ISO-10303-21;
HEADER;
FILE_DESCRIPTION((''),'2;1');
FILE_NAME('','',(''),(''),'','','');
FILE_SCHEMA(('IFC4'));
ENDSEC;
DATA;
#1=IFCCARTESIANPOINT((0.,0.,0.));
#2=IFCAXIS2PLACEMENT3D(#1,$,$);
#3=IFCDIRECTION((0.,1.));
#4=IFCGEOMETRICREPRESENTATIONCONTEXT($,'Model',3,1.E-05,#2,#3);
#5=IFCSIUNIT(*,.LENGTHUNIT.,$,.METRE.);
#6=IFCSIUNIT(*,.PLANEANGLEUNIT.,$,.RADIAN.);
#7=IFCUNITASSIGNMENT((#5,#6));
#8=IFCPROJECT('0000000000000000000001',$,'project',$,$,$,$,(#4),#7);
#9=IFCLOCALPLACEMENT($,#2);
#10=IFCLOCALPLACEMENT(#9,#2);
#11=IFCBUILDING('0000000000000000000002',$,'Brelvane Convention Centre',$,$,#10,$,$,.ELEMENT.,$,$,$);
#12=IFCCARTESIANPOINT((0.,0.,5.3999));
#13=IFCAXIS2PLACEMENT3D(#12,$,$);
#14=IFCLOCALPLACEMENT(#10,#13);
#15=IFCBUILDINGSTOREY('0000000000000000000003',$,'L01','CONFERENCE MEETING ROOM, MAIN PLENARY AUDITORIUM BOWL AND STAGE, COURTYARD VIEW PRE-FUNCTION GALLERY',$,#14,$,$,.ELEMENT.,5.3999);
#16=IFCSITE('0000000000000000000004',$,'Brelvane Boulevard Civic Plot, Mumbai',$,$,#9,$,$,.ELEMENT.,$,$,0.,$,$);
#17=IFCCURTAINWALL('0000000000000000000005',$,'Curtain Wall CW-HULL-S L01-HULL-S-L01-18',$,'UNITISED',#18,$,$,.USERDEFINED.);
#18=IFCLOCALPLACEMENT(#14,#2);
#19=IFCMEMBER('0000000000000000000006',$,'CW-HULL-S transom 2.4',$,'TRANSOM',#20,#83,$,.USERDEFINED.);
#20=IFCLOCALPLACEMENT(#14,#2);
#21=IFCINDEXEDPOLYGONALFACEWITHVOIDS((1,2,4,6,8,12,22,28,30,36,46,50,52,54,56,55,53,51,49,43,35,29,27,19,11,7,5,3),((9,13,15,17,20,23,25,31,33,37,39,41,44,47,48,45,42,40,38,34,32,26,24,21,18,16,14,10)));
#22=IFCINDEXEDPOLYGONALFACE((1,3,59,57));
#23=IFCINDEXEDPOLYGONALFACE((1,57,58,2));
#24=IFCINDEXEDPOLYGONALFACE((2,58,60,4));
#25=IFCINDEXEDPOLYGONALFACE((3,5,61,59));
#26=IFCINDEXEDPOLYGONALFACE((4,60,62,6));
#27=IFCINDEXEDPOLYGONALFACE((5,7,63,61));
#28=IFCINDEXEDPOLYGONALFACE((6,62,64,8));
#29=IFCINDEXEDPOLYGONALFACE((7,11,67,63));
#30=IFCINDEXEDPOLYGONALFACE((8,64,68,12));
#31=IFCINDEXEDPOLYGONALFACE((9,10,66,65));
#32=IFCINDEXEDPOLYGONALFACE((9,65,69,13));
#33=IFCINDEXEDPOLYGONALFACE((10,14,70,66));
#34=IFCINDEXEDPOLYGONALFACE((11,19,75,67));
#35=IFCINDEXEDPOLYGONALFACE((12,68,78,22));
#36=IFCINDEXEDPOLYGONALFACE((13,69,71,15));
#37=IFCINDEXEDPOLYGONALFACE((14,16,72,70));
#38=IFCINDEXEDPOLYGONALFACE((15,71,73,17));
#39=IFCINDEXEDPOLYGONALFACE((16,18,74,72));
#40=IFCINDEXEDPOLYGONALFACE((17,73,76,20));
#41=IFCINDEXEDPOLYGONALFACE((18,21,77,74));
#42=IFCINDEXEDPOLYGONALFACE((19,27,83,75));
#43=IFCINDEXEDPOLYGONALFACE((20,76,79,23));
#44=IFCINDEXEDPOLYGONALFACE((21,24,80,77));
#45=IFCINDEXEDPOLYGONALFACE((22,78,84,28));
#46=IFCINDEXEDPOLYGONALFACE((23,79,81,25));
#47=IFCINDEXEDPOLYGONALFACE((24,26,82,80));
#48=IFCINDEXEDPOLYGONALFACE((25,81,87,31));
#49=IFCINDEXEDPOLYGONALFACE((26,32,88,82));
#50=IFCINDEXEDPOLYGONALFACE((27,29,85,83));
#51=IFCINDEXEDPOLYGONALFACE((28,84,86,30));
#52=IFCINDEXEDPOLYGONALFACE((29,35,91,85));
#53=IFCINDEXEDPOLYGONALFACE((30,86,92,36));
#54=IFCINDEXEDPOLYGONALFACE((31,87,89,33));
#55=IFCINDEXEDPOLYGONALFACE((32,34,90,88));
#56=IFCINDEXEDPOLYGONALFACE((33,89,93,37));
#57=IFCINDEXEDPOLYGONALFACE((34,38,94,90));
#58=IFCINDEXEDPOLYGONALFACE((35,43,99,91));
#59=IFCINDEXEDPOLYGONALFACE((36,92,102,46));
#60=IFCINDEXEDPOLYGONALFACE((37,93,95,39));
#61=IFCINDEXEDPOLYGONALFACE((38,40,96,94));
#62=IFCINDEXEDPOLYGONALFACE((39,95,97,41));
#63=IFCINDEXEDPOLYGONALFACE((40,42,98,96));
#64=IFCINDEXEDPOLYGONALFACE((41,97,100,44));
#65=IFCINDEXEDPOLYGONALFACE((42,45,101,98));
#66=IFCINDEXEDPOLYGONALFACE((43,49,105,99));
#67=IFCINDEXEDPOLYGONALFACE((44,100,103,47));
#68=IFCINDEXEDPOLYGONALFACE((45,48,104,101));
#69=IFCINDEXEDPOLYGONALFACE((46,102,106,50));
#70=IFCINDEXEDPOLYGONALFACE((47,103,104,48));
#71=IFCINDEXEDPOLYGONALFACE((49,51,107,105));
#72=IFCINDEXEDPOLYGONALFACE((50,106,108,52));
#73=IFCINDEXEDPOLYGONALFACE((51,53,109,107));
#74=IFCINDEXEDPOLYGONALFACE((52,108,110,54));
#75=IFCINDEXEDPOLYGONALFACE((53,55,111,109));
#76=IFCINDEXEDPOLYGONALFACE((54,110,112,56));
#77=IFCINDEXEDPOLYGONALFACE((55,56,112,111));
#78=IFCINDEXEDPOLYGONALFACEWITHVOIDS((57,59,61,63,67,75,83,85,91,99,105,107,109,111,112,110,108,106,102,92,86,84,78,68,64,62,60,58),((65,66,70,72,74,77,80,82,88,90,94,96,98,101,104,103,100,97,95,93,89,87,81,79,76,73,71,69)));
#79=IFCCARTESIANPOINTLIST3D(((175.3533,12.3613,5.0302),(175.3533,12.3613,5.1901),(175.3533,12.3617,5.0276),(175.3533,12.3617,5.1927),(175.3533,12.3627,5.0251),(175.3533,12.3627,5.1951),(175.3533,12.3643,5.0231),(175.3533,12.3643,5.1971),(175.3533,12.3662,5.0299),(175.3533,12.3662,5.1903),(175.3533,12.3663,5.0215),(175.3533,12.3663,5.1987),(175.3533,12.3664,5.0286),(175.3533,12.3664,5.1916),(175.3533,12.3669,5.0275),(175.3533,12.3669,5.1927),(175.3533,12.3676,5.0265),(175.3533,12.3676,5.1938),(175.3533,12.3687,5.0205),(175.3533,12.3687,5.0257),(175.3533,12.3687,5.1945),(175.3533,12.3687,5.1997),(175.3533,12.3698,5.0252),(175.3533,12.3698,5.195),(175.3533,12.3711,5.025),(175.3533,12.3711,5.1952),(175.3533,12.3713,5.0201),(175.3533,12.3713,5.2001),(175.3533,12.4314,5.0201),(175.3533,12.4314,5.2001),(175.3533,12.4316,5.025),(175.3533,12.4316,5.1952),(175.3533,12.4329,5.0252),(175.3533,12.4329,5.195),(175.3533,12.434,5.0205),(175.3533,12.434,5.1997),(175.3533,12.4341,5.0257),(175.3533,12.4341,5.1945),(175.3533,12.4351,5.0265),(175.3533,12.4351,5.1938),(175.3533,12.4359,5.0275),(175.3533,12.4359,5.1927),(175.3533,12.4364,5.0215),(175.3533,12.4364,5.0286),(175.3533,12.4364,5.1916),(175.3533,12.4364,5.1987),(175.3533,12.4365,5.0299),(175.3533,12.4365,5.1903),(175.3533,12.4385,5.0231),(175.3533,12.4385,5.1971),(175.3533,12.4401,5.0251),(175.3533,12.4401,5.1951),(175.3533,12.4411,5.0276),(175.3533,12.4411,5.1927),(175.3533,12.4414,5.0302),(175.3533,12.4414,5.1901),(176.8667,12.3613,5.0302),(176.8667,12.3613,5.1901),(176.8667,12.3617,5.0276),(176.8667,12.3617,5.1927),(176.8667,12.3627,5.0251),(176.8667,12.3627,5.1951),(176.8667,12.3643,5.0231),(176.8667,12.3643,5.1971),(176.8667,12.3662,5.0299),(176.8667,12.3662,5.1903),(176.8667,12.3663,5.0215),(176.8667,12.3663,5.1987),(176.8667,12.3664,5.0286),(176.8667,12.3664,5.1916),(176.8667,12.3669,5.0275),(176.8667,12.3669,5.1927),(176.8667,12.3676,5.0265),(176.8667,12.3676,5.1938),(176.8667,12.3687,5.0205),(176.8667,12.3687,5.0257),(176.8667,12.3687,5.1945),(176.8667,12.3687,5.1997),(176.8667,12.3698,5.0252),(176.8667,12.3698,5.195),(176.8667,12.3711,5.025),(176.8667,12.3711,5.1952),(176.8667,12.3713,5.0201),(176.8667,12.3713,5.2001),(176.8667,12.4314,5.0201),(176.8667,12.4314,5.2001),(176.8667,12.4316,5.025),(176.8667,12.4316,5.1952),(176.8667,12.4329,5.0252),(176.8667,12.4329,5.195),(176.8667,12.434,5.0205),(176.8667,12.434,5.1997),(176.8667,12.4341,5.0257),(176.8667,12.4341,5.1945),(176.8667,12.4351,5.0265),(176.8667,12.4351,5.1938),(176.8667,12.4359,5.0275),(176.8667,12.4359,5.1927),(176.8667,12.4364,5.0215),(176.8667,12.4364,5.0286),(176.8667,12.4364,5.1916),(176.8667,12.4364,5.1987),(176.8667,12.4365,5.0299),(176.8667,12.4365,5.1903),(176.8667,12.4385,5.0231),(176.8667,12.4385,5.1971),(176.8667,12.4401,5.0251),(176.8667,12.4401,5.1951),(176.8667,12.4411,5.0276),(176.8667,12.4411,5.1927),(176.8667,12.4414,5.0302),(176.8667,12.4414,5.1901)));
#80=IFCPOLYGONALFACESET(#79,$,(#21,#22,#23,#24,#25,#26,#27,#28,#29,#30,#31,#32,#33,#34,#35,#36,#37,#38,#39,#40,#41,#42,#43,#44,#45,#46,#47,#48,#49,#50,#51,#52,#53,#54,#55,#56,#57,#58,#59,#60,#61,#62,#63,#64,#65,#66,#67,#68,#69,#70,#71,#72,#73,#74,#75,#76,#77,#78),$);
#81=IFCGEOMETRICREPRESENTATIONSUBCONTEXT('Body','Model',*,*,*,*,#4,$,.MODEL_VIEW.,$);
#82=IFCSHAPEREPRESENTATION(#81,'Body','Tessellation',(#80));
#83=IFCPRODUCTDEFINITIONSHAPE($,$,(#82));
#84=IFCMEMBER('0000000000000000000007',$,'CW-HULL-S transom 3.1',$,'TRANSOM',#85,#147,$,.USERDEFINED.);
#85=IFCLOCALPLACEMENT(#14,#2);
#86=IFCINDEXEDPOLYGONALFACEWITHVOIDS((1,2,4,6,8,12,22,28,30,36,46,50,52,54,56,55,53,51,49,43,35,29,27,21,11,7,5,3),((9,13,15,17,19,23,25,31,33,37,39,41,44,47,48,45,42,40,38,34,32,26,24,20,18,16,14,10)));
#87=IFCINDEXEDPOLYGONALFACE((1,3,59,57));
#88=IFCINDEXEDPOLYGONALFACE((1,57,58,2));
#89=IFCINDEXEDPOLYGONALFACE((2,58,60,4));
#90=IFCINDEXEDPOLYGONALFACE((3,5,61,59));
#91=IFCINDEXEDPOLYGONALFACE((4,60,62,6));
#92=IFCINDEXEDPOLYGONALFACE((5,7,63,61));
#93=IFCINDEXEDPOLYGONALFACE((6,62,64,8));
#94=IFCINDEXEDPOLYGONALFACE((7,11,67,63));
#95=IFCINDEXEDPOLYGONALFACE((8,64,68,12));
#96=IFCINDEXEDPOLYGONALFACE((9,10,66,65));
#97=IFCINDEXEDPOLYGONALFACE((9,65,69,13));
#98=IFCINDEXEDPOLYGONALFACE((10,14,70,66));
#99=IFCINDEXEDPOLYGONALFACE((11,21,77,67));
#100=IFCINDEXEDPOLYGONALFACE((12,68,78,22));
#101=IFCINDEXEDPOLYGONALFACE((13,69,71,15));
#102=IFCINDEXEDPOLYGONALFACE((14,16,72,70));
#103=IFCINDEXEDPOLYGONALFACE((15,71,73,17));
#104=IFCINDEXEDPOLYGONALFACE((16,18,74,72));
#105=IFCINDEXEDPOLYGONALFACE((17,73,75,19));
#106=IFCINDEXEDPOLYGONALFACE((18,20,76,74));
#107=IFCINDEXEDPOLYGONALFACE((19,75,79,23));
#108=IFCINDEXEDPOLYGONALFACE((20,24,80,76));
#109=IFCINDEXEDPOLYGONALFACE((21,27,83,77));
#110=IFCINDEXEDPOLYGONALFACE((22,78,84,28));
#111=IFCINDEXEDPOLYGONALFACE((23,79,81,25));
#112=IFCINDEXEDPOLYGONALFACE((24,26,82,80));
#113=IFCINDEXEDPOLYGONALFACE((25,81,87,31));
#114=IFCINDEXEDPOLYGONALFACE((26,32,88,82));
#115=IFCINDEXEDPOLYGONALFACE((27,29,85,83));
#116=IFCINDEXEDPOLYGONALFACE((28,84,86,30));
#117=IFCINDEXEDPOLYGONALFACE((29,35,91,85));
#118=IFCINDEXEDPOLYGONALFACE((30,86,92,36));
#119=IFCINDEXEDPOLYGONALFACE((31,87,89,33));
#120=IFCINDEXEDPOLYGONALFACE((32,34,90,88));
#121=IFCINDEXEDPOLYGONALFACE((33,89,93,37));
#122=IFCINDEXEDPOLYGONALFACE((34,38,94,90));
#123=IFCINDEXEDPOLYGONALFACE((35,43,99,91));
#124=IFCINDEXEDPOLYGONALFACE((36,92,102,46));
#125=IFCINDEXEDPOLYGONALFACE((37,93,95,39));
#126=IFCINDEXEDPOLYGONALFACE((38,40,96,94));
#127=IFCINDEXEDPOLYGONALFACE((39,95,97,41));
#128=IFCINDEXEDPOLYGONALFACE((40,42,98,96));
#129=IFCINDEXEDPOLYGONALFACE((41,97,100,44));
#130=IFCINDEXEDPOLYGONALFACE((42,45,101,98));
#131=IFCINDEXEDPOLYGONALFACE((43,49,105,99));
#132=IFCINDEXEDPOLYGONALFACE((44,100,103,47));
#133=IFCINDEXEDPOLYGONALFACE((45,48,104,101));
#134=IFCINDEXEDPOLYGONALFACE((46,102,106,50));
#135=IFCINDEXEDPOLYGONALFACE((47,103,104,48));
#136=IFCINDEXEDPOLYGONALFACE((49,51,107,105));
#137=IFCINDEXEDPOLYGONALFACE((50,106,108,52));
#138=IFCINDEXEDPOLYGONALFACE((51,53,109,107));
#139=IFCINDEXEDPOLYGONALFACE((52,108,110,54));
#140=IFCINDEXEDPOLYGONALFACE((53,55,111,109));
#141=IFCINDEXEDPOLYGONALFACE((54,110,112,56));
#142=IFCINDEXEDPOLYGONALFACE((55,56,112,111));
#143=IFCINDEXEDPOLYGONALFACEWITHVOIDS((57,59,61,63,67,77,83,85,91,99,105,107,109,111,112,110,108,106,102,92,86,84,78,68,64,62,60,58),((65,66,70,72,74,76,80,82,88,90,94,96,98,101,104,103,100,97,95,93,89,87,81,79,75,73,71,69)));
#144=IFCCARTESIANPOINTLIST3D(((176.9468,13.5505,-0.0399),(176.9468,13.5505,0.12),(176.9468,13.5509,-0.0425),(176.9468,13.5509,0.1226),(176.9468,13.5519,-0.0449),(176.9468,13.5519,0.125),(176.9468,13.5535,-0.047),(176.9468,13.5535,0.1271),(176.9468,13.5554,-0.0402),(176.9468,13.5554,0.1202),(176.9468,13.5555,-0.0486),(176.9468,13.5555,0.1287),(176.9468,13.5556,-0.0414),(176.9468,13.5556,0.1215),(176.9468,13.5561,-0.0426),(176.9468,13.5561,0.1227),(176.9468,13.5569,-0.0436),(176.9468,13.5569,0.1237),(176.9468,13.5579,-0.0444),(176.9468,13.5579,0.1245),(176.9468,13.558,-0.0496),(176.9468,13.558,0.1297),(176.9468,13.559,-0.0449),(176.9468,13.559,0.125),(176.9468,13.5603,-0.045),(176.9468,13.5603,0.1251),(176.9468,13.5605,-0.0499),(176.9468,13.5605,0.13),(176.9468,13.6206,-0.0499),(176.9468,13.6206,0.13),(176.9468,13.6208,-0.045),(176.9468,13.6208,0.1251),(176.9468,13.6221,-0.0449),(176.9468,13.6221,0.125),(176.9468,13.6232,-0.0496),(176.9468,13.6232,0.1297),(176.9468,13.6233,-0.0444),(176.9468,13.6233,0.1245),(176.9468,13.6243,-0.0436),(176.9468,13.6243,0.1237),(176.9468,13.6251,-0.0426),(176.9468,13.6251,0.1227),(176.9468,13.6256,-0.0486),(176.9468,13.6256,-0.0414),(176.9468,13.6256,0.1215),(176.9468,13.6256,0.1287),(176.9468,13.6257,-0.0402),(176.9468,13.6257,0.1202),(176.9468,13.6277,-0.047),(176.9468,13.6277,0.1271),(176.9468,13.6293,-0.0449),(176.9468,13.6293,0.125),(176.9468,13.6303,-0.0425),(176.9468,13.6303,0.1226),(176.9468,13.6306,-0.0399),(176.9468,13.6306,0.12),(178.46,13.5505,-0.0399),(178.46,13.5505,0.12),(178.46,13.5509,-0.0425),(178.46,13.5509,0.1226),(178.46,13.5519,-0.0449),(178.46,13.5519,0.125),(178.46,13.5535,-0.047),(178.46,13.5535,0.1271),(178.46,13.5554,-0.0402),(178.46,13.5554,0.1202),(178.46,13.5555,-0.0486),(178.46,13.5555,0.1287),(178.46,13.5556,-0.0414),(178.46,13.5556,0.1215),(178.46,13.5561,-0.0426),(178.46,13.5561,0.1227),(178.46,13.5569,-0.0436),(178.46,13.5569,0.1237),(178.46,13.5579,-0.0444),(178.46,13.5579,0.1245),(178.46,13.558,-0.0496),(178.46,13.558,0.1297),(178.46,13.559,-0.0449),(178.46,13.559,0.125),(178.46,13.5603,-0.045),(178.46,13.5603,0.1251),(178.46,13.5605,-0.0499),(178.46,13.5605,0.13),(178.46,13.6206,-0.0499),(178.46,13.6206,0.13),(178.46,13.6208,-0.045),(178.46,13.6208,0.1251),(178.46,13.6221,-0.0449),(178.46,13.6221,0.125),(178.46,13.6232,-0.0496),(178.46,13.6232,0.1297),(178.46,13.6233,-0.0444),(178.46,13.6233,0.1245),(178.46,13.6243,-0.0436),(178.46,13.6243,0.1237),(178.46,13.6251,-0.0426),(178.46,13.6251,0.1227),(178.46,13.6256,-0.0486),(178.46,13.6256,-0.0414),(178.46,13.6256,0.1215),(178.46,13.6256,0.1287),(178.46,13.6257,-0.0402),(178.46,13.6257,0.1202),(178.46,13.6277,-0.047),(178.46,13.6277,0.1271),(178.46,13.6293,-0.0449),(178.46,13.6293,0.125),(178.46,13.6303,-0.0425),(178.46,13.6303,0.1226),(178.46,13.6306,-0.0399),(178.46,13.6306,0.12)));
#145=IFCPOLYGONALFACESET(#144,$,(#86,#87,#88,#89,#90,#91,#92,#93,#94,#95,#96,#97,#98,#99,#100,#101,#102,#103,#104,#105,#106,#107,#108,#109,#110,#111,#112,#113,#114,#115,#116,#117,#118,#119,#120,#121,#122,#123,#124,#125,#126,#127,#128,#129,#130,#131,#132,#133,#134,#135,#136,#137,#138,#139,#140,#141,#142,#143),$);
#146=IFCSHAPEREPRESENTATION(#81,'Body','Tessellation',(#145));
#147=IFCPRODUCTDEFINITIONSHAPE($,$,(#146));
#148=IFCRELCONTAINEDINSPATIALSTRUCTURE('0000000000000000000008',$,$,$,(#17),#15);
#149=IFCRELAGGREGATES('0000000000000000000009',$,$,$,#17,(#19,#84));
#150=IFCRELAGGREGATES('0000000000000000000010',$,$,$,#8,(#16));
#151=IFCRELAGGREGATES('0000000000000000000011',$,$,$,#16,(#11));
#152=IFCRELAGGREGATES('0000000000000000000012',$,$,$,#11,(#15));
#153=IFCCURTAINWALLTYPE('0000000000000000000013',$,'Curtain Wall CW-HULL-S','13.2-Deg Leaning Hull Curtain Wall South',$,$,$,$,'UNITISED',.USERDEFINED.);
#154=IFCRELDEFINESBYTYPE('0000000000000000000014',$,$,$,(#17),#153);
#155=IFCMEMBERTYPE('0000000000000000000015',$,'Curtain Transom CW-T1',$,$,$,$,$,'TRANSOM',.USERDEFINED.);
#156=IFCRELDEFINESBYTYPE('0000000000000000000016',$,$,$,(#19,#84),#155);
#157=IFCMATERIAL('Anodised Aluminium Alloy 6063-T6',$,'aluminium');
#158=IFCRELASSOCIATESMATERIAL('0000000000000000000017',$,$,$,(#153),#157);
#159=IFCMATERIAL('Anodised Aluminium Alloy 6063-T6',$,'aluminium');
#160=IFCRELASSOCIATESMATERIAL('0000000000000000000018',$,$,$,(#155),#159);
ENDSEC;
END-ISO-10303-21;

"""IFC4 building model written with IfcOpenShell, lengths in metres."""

from ifc_helpers import new_model, si_unit, direction, frame, origin, origin_2d, place, context, subcontext, project, spatial, hollow_rectangle, extrude, material, material_profile, profile_set, type_object, element, aggregate, save


model = new_model("IFC4")

# Units and contexts
model_context = context("Model", 3, precision=1e-05, world=origin(), true_north=direction((0.0, 1.0)))
body_context = subcontext(model_context, "Body", "Model", "MODEL_VIEW")
ifc_project = project(units=[si_unit("LENGTHUNIT", "METRE"), si_unit("PLANEANGLEUNIT", "RADIAN")], contexts=[model_context])

# Site, building, storey
site_placement = place(None, origin())
site = spatial("IfcSite", under=ifc_project, at=site_placement, Name="Brelvane Boulevard Civic Plot, Mumbai", CompositionType="ELEMENT", RefElevation=0.0)
building_placement = place(site_placement, origin())
building = spatial("IfcBuilding", under=site, at=building_placement, Name="Brelvane Convention Centre", CompositionType="ELEMENT")
storey_placement = place(building_placement, frame((0.0, 0.0, 5.3999)))
storey = spatial("IfcBuildingStorey", under=building, at=storey_placement, Name="L01", Description="CONFERENCE MEETING ROOM, MAIN PLENARY AUDITORIUM BOWL AND STAGE, COURTYARD VIEW PRE-FUNCTION GALLERY", CompositionType="ELEMENT", Elevation=5.3999)

# Curtain wall, members
ifc_material_1 = material(Name="Anodised Aluminium Alloy 6063-T6", Category="aluminium")
curtain_wall_type = type_object("IfcCurtainWallType", Name="Curtain Wall CW-HULL-S", Description="13.2-Deg Leaning Hull Curtain Wall South", ElementType="UNITISED", PredefinedType="USERDEFINED", material=ifc_material_1)
ifc_material_2 = material(Name="Anodised Aluminium Alloy 6063-T6", Category="aluminium")
ifc_material_profile = material_profile(ifc_material_2, hollow_rectangle(XDim=0.0801, YDim=0.1799, WallThickness=0.0049, InnerFilletRadius=0.0049, OuterFilletRadius=0.01, at=origin_2d()), Name="ALU-T 180x80x5.0")
ifc_profile_set = profile_set([ifc_material_profile], Name="Anodised Aluminium Alloy 6063-T6")
member_type = type_object("IfcMemberType", Name="Curtain Transom CW-T1", ElementType="TRANSOM", PredefinedType="USERDEFINED", material=ifc_profile_set)
curtain_wall_1_placement = place(storey_placement, origin())
curtain_wall_1 = element("IfcCurtainWall", 1, at=curtain_wall_1_placement, inside=storey, type_object=curtain_wall_type, Name="Curtain Wall CW-HULL-S L01-HULL-S-L01-18", ObjectType="UNITISED", PredefinedType="USERDEFINED")
member_1_placement = place(storey_placement, frame((175.3533, 12.4014, 5.1101), z_axis=(1.0, 0.0, 0.0), x_axis=(0.0, 1.0, 0.0)))
member_1 = element("IfcMember", 2, at=member_1_placement, type_object=member_type, Name="CW-HULL-S transom 2.4", ObjectType="TRANSOM", PredefinedType="USERDEFINED", context=body_context, shape_type="SweptSolid", body=[
    extrude(hollow_rectangle(XDim=0.0801, YDim=0.1799, WallThickness=0.0049, InnerFilletRadius=0.0049, OuterFilletRadius=0.01, at=origin_2d()), origin(), (0.0, 0.0, 1.0), 1.5134),
])
member_2_placement = place(storey_placement, frame((176.9468, 13.5906, 0.04), z_axis=(1.0, 0.0, 0.0), x_axis=(0.0, 1.0, 0.0)))
member_2 = element("IfcMember", 3, at=member_2_placement, type_object=member_type, Name="CW-HULL-S transom 3.1", ObjectType="TRANSOM", PredefinedType="USERDEFINED", context=body_context, shape_type="SweptSolid", body=[
    extrude(hollow_rectangle(XDim=0.0801, YDim=0.1799, WallThickness=0.0049, InnerFilletRadius=0.0049, OuterFilletRadius=0.01, at=origin_2d()), origin(), (0.0, 0.0, 1.0), 1.5132),
])

aggregate(curtain_wall_1, [member_1, member_2])

save(model, "model.ifc")
